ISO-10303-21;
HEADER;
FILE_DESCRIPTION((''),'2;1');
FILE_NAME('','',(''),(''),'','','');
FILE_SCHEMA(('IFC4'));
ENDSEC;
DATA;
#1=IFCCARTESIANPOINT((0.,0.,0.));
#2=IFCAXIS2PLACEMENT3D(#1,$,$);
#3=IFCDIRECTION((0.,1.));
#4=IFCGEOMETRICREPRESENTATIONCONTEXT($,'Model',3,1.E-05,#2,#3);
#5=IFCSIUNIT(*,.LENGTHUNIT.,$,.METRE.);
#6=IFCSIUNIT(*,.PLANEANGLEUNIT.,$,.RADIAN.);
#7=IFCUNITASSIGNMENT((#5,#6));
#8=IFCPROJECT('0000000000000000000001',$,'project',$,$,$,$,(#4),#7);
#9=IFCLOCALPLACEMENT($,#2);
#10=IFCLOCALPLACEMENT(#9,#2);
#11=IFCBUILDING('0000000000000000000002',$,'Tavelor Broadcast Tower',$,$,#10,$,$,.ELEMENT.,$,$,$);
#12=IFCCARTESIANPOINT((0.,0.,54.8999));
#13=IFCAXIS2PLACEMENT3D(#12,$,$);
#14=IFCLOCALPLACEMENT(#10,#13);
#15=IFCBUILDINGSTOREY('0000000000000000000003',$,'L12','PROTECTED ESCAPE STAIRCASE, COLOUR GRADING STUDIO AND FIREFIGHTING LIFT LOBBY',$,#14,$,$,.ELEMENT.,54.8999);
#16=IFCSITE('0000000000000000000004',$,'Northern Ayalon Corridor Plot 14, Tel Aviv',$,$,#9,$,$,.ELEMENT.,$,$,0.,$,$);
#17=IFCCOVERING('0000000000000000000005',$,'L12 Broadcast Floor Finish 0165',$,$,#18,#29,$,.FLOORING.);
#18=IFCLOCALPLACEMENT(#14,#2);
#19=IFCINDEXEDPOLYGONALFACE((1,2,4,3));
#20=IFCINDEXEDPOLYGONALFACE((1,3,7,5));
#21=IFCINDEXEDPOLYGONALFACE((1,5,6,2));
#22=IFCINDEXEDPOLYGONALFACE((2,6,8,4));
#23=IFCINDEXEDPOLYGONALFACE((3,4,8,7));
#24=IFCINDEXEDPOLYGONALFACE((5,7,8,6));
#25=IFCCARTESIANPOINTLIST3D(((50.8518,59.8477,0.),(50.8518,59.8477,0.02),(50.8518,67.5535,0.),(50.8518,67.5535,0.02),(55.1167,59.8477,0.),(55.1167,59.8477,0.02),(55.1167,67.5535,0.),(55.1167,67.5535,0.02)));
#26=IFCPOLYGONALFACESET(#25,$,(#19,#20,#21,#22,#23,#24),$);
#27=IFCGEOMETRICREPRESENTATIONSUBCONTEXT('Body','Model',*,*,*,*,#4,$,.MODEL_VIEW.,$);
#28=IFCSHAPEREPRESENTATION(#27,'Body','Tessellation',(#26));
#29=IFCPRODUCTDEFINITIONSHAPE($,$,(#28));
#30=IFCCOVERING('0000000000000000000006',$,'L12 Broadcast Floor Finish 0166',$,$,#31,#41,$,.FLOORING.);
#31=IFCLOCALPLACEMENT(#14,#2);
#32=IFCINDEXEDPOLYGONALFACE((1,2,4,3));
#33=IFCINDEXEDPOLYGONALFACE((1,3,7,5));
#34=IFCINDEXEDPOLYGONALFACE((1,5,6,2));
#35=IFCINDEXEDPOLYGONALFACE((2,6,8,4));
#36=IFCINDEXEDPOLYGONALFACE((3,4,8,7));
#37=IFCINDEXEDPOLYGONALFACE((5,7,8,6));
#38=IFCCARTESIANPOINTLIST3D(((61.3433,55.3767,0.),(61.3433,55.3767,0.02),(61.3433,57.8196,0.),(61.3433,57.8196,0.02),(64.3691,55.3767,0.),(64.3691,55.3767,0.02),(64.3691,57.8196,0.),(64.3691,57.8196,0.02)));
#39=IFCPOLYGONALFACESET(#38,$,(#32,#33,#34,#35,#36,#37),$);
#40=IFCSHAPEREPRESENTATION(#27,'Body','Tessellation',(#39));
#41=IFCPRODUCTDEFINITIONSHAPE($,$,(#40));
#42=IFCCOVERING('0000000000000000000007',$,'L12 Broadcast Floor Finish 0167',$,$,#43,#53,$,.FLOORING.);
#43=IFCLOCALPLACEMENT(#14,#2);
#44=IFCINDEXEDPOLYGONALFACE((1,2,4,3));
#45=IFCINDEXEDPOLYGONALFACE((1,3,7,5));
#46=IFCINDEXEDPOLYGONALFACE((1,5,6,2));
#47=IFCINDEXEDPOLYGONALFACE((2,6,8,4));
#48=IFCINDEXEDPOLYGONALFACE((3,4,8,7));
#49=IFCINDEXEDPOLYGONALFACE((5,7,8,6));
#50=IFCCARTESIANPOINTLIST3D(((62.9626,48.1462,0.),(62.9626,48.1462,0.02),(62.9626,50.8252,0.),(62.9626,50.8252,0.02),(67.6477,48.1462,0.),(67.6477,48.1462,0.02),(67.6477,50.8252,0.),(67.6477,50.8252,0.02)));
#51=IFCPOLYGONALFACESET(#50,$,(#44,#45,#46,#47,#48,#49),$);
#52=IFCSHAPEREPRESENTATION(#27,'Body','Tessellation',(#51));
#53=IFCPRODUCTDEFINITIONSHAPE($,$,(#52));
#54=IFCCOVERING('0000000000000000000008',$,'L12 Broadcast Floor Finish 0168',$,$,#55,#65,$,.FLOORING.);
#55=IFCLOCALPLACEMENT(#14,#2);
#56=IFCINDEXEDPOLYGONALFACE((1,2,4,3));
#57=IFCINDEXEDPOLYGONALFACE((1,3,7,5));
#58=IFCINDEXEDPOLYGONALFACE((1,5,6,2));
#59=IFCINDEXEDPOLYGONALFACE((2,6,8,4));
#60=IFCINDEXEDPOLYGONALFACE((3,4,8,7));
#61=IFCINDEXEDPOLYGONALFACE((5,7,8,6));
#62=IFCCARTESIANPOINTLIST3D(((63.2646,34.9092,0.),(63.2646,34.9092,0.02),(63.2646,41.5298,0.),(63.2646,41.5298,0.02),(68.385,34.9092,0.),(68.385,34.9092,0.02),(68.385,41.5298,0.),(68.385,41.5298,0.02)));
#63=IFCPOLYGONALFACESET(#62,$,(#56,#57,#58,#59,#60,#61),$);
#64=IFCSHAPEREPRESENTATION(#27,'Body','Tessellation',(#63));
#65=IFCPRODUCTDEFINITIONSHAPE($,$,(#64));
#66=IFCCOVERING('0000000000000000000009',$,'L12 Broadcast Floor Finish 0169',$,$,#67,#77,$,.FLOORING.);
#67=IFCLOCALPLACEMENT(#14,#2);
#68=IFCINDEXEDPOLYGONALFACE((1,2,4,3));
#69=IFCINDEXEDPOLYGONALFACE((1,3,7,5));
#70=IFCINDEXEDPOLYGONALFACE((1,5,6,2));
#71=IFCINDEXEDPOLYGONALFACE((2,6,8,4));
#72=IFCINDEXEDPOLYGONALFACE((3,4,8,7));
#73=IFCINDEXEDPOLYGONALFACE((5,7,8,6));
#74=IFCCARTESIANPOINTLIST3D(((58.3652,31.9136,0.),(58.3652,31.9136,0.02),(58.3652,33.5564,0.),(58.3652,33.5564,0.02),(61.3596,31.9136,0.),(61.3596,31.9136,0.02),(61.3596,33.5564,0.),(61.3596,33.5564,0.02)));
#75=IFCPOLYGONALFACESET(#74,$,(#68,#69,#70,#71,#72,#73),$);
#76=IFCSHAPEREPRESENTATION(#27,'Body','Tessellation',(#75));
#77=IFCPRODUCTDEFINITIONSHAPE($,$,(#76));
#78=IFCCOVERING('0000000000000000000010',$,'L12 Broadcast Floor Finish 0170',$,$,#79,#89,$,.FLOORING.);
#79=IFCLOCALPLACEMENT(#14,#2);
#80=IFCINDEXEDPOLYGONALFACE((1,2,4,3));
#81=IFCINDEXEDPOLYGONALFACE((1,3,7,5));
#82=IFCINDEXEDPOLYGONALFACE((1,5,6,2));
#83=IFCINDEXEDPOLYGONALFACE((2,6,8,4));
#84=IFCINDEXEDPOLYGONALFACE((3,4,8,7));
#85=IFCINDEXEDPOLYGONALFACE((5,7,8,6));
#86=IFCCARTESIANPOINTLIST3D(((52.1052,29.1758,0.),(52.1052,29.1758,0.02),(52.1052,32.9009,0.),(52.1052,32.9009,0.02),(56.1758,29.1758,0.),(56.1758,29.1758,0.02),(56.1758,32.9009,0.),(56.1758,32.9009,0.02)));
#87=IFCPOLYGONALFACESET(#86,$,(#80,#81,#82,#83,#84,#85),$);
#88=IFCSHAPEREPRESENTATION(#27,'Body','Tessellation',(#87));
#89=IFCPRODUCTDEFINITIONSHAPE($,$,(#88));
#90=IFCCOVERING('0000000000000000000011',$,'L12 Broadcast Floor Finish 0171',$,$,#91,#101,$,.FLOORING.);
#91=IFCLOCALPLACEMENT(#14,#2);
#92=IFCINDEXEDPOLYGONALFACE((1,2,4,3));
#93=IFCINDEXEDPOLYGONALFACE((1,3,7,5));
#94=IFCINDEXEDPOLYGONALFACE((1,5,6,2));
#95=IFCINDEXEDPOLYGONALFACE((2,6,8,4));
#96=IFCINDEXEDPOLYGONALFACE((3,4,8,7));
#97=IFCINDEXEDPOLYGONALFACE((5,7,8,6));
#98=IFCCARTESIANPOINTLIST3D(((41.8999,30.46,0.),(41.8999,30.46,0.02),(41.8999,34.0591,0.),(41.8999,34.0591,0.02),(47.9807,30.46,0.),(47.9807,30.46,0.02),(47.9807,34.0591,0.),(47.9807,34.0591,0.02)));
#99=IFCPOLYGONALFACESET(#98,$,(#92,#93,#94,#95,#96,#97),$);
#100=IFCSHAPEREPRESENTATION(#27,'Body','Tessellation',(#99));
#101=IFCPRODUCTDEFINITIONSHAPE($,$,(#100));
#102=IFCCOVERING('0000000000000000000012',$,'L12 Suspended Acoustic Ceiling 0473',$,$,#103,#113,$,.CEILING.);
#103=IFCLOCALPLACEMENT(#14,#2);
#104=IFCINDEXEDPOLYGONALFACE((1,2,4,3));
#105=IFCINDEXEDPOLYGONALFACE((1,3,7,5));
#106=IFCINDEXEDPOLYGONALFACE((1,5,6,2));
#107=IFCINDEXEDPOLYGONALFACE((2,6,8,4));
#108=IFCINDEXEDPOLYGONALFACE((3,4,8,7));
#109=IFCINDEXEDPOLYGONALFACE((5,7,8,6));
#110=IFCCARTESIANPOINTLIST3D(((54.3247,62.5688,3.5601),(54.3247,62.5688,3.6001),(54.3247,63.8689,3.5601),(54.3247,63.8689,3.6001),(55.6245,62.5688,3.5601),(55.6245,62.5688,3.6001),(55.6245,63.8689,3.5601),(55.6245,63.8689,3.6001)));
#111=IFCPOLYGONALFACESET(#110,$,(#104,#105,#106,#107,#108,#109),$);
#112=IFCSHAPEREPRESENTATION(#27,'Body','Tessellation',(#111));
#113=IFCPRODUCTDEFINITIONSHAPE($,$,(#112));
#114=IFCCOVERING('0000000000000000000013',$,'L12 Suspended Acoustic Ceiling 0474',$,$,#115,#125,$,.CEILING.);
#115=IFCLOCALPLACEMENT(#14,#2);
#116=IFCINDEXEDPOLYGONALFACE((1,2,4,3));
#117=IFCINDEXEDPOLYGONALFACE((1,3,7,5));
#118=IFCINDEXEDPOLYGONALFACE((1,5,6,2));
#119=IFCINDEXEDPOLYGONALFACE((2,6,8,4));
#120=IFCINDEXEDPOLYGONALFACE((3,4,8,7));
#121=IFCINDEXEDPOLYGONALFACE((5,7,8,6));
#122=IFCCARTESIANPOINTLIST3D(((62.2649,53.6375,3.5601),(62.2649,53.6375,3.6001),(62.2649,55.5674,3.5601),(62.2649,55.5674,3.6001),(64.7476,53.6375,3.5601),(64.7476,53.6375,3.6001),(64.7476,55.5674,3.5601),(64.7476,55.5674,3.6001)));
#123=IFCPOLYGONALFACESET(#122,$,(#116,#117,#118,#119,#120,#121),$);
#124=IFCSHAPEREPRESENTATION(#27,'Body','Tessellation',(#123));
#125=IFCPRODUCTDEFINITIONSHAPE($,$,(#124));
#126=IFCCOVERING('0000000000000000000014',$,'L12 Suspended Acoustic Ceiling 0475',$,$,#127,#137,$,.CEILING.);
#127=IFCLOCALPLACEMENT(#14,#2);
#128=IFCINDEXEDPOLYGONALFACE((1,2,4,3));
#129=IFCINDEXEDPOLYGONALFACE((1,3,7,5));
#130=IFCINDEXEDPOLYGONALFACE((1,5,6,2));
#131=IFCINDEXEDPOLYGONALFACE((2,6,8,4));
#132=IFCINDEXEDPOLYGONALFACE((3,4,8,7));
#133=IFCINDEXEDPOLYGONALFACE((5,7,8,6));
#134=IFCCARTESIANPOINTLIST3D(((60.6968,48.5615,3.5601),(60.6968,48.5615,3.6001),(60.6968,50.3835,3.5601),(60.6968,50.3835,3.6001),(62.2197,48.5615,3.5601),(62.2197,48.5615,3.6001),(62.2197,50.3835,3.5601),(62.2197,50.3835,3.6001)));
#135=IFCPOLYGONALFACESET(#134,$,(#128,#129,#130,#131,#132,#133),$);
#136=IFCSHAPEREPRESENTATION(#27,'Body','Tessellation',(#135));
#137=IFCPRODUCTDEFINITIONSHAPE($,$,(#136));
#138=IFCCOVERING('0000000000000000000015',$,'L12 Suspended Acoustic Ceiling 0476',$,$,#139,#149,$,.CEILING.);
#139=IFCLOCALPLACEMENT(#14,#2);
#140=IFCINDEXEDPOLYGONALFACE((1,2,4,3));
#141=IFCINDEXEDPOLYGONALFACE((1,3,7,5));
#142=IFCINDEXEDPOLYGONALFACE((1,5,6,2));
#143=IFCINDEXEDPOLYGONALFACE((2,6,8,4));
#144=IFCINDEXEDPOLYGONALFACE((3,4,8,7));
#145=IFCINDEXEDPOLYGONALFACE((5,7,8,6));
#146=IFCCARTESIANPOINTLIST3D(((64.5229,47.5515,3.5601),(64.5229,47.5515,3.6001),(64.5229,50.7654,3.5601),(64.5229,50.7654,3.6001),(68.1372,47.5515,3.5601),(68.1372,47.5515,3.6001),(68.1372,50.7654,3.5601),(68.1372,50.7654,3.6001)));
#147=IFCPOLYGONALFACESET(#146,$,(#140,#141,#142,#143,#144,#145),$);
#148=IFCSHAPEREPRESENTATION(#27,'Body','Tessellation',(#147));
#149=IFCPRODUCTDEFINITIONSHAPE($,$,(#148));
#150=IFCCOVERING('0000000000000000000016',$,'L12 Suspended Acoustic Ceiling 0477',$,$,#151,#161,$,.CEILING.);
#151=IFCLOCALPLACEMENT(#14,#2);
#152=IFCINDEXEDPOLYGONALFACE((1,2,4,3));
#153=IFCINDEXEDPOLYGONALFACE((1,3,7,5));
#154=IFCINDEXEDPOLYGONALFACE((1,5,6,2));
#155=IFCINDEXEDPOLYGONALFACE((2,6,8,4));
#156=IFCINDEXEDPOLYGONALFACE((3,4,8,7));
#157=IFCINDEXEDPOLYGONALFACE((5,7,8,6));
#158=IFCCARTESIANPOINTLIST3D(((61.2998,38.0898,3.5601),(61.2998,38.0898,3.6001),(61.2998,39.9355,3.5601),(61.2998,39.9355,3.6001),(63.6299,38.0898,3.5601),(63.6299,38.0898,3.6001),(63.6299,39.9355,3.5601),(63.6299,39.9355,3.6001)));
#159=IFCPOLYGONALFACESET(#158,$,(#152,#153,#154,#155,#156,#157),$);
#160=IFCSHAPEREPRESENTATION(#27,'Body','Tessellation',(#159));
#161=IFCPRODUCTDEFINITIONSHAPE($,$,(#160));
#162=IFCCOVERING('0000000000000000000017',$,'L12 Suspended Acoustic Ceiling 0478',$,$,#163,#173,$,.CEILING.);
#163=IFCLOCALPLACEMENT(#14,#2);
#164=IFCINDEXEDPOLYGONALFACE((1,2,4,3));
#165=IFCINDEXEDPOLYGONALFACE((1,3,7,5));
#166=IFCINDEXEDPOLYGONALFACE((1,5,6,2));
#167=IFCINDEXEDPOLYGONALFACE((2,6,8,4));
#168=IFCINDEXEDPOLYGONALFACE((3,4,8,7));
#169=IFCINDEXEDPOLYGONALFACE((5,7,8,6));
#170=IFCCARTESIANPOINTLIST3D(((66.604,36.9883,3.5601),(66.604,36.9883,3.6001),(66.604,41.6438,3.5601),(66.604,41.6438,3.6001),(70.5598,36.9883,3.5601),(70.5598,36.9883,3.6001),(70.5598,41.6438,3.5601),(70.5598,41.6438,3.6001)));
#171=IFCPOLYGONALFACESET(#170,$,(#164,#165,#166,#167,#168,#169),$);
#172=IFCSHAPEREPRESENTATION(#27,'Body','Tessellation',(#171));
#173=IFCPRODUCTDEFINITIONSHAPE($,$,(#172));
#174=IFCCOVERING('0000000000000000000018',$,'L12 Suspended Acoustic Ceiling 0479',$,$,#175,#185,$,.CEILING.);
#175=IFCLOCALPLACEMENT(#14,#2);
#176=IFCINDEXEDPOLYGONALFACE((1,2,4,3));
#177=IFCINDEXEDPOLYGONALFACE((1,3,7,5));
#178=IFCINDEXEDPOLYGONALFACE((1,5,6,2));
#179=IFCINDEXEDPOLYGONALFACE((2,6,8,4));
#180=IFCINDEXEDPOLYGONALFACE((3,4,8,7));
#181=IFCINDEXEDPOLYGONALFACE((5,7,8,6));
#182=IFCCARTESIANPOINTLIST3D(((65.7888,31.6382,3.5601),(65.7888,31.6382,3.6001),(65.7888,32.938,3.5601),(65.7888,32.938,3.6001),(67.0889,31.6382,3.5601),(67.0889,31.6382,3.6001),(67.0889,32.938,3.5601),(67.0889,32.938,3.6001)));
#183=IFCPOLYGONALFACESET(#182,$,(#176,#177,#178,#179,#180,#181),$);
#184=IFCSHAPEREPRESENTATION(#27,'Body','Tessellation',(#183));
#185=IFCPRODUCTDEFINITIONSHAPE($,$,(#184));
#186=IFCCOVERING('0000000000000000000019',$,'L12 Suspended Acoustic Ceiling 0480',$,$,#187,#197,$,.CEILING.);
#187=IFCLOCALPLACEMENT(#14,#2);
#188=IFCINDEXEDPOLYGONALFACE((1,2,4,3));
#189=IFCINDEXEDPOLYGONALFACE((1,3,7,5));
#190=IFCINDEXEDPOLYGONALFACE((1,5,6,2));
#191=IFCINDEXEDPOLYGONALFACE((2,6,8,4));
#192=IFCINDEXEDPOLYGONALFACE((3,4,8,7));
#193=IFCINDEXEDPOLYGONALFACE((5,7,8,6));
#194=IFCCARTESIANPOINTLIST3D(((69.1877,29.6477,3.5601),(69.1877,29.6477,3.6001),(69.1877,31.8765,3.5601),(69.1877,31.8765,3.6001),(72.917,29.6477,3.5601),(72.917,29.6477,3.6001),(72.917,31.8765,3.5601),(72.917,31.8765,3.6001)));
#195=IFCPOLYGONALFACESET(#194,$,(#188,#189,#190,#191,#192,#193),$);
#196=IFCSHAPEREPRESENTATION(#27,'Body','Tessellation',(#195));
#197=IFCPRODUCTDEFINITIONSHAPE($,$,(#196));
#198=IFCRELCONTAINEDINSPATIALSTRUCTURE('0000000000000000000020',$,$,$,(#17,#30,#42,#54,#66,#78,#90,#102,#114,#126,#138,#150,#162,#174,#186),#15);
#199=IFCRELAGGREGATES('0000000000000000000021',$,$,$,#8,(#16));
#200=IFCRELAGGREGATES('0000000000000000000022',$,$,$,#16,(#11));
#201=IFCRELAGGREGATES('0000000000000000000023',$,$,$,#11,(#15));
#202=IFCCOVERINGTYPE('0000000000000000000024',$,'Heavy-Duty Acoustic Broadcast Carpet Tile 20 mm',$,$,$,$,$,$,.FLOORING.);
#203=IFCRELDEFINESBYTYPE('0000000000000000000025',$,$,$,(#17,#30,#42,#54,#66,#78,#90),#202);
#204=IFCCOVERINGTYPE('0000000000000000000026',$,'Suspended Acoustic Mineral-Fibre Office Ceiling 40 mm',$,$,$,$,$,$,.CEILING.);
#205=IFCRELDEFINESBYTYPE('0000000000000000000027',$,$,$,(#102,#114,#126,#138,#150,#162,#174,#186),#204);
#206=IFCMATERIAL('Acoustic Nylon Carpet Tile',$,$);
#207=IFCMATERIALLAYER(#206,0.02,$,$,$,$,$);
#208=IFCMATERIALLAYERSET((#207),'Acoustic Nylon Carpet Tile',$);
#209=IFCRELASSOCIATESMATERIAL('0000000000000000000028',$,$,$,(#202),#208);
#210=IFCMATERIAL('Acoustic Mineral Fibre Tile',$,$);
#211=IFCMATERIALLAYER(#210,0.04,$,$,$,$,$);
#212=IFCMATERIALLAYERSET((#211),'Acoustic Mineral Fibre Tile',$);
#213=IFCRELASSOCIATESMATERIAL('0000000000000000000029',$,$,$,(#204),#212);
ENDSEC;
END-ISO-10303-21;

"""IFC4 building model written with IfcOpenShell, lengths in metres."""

from ifc_helpers import new_model, si_unit, direction, frame, origin, place, context, subcontext, project, spatial, polyline, outline, extrude, material, layer, layer_set, type_object, element, save


model = new_model("IFC4")

# Units and contexts
model_context = context("Model", 3, precision=1e-05, world=origin(), true_north=direction((0.0, 1.0)))
body_context = subcontext(model_context, "Body", "Model", "MODEL_VIEW")
ifc_project = project(units=[si_unit("LENGTHUNIT", "METRE"), si_unit("PLANEANGLEUNIT", "RADIAN")], contexts=[model_context])

# Site, building, storey
site_placement = place(None, origin())
site = spatial("IfcSite", under=ifc_project, at=site_placement, Name="Northern Ayalon Corridor Plot 14, Tel Aviv", CompositionType="ELEMENT", RefElevation=0.0)
building_placement = place(site_placement, origin())
building = spatial("IfcBuilding", under=site, at=building_placement, Name="Tavelor Broadcast Tower", CompositionType="ELEMENT")
storey_placement = place(building_placement, frame((0.0, 0.0, 54.8999)))
storey = spatial("IfcBuildingStorey", under=building, at=storey_placement, Name="L12", Description="PROTECTED ESCAPE STAIRCASE, COLOUR GRADING STUDIO AND FIREFIGHTING LIFT LOBBY", CompositionType="ELEMENT", Elevation=54.8999)

# Coverings
ifc_material_1 = material(Name="Acoustic Nylon Carpet Tile")
ifc_layer_1 = layer(ifc_material_1, 0.02)
ifc_layer_set_1 = layer_set([ifc_layer_1], Name="Acoustic Nylon Carpet Tile")
covering_type_1 = type_object("IfcCoveringType", Name="Heavy-Duty Acoustic Broadcast Carpet Tile 20 mm", PredefinedType="FLOORING", material=ifc_layer_set_1)
covering_1_placement = place(storey_placement, origin())
element("IfcCovering", 1, at=covering_1_placement, inside=storey, type_object=covering_type_1, Name="L12 Broadcast Floor Finish 0165", PredefinedType="FLOORING", context=body_context, shape_type="SweptSolid", body=[
    extrude(outline(polyline([(50.8518, 59.8477), (55.1167, 59.8477), (55.1167, 67.5535), (50.8518, 67.5535), (50.8518, 59.8477)])), origin(), (0.0, 0.0, 1.0), 0.02),
])
covering_2_placement = place(storey_placement, origin())
element("IfcCovering", 2, at=covering_2_placement, inside=storey, type_object=covering_type_1, Name="L12 Broadcast Floor Finish 0166", PredefinedType="FLOORING", context=body_context, shape_type="SweptSolid", body=[
    extrude(outline(polyline([(61.3433, 55.3767), (64.3691, 55.3767), (64.3691, 57.8196), (61.3433, 57.8196), (61.3433, 55.3767)])), origin(), (0.0, 0.0, 1.0), 0.02),
])
covering_3_placement = place(storey_placement, origin())
element("IfcCovering", 3, at=covering_3_placement, inside=storey, type_object=covering_type_1, Name="L12 Broadcast Floor Finish 0167", PredefinedType="FLOORING", context=body_context, shape_type="SweptSolid", body=[
    extrude(outline(polyline([(62.9626, 48.1462), (67.6477, 48.1462), (67.6477, 50.8252), (62.9626, 50.8252), (62.9626, 48.1462)])), origin(), (0.0, 0.0, 1.0), 0.02),
])
covering_4_placement = place(storey_placement, origin())
element("IfcCovering", 4, at=covering_4_placement, inside=storey, type_object=covering_type_1, Name="L12 Broadcast Floor Finish 0168", PredefinedType="FLOORING", context=body_context, shape_type="SweptSolid", body=[
    extrude(outline(polyline([(63.2646, 34.9092), (68.385, 34.9092), (68.385, 41.5298), (63.2646, 41.5298), (63.2646, 34.9092)])), origin(), (0.0, 0.0, 1.0), 0.02),
])
covering_5_placement = place(storey_placement, origin())
element("IfcCovering", 5, at=covering_5_placement, inside=storey, type_object=covering_type_1, Name="L12 Broadcast Floor Finish 0169", PredefinedType="FLOORING", context=body_context, shape_type="SweptSolid", body=[
    extrude(outline(polyline([(58.3652, 31.9136), (61.3596, 31.9136), (61.3596, 33.5564), (58.3652, 33.5564), (58.3652, 31.9136)])), origin(), (0.0, 0.0, 1.0), 0.02),
])
covering_6_placement = place(storey_placement, origin())
element("IfcCovering", 6, at=covering_6_placement, inside=storey, type_object=covering_type_1, Name="L12 Broadcast Floor Finish 0170", PredefinedType="FLOORING", context=body_context, shape_type="SweptSolid", body=[
    extrude(outline(polyline([(52.1052, 29.1758), (56.1758, 29.1758), (56.1758, 32.9009), (52.1052, 32.9009), (52.1052, 29.1758)])), origin(), (0.0, 0.0, 1.0), 0.02),
])
covering_7_placement = place(storey_placement, origin())
element("IfcCovering", 7, at=covering_7_placement, inside=storey, type_object=covering_type_1, Name="L12 Broadcast Floor Finish 0171", PredefinedType="FLOORING", context=body_context, shape_type="SweptSolid", body=[
    extrude(outline(polyline([(41.8999, 30.46), (47.9807, 30.46), (47.9807, 34.0591), (41.8999, 34.0591), (41.8999, 30.46)])), origin(), (0.0, 0.0, 1.0), 0.02),
])
ifc_material_2 = material(Name="Acoustic Mineral Fibre Tile")
ifc_layer_2 = layer(ifc_material_2, 0.04)
ifc_layer_set_2 = layer_set([ifc_layer_2], Name="Acoustic Mineral Fibre Tile")
covering_type_2 = type_object("IfcCoveringType", Name="Suspended Acoustic Mineral-Fibre Office Ceiling 40 mm", PredefinedType="CEILING", material=ifc_layer_set_2)
covering_8_placement = place(storey_placement, frame((0.0, 0.0, 3.5601)))
element("IfcCovering", 8, at=covering_8_placement, inside=storey, type_object=covering_type_2, Name="L12 Suspended Acoustic Ceiling 0473", PredefinedType="CEILING", context=body_context, shape_type="SweptSolid", body=[
    extrude(outline(polyline([(54.3247, 62.5688), (55.6245, 62.5688), (55.6245, 63.8689), (54.3247, 63.8689), (54.3247, 62.5688)])), origin(), (0.0, 0.0, 1.0), 0.04),
])
covering_9_placement = place(storey_placement, frame((0.0, 0.0, 3.5601)))
element("IfcCovering", 9, at=covering_9_placement, inside=storey, type_object=covering_type_2, Name="L12 Suspended Acoustic Ceiling 0474", PredefinedType="CEILING", context=body_context, shape_type="SweptSolid", body=[
    extrude(outline(polyline([(62.2649, 53.6375), (64.7476, 53.6375), (64.7476, 55.5674), (62.2649, 55.5674), (62.2649, 53.6375)])), origin(), (0.0, 0.0, 1.0), 0.04),
])
covering_10_placement = place(storey_placement, frame((0.0, 0.0, 3.5601)))
element("IfcCovering", 10, at=covering_10_placement, inside=storey, type_object=covering_type_2, Name="L12 Suspended Acoustic Ceiling 0475", PredefinedType="CEILING", context=body_context, shape_type="SweptSolid", body=[
    extrude(outline(polyline([(60.6968, 48.5615), (62.2197, 48.5615), (62.2197, 50.3835), (60.6968, 50.3835), (60.6968, 48.5615)])), origin(), (0.0, 0.0, 1.0), 0.04),
])
covering_11_placement = place(storey_placement, frame((0.0, 0.0, 3.5601)))
element("IfcCovering", 11, at=covering_11_placement, inside=storey, type_object=covering_type_2, Name="L12 Suspended Acoustic Ceiling 0476", PredefinedType="CEILING", context=body_context, shape_type="SweptSolid", body=[
    extrude(outline(polyline([(64.5229, 47.5515), (68.1372, 47.5515), (68.1372, 50.7654), (64.5229, 50.7654), (64.5229, 47.5515)])), origin(), (0.0, 0.0, 1.0), 0.04),
])
covering_12_placement = place(storey_placement, frame((0.0, 0.0, 3.5601)))
element("IfcCovering", 12, at=covering_12_placement, inside=storey, type_object=covering_type_2, Name="L12 Suspended Acoustic Ceiling 0477", PredefinedType="CEILING", context=body_context, shape_type="SweptSolid", body=[
    extrude(outline(polyline([(61.2998, 38.0898), (63.6299, 38.0898), (63.6299, 39.9355), (61.2998, 39.9355), (61.2998, 38.0898)])), origin(), (0.0, 0.0, 1.0), 0.04),
])
covering_13_placement = place(storey_placement, frame((0.0, 0.0, 3.5601)))
element("IfcCovering", 13, at=covering_13_placement, inside=storey, type_object=covering_type_2, Name="L12 Suspended Acoustic Ceiling 0478", PredefinedType="CEILING", context=body_context, shape_type="SweptSolid", body=[
    extrude(outline(polyline([(66.604, 36.9883), (70.5598, 36.9883), (70.5598, 41.6438), (66.604, 41.6438), (66.604, 36.9883)])), origin(), (0.0, 0.0, 1.0), 0.04),
])
covering_14_placement = place(storey_placement, frame((0.0, 0.0, 3.5601)))
element("IfcCovering", 14, at=covering_14_placement, inside=storey, type_object=covering_type_2, Name="L12 Suspended Acoustic Ceiling 0479", PredefinedType="CEILING", context=body_context, shape_type="SweptSolid", body=[
    extrude(outline(polyline([(65.7888, 31.6382), (67.0889, 31.6382), (67.0889, 32.938), (65.7888, 32.938), (65.7888, 31.6382)])), origin(), (0.0, 0.0, 1.0), 0.04),
])
covering_15_placement = place(storey_placement, frame((0.0, 0.0, 3.5601)))
element("IfcCovering", 15, at=covering_15_placement, inside=storey, type_object=covering_type_2, Name="L12 Suspended Acoustic Ceiling 0480", PredefinedType="CEILING", context=body_context, shape_type="SweptSolid", body=[
    extrude(outline(polyline([(69.1877, 29.6477), (72.917, 29.6477), (72.917, 31.8765), (69.1877, 31.8765), (69.1877, 29.6477)])), origin(), (0.0, 0.0, 1.0), 0.04),
])

save(model, "model.ifc")
